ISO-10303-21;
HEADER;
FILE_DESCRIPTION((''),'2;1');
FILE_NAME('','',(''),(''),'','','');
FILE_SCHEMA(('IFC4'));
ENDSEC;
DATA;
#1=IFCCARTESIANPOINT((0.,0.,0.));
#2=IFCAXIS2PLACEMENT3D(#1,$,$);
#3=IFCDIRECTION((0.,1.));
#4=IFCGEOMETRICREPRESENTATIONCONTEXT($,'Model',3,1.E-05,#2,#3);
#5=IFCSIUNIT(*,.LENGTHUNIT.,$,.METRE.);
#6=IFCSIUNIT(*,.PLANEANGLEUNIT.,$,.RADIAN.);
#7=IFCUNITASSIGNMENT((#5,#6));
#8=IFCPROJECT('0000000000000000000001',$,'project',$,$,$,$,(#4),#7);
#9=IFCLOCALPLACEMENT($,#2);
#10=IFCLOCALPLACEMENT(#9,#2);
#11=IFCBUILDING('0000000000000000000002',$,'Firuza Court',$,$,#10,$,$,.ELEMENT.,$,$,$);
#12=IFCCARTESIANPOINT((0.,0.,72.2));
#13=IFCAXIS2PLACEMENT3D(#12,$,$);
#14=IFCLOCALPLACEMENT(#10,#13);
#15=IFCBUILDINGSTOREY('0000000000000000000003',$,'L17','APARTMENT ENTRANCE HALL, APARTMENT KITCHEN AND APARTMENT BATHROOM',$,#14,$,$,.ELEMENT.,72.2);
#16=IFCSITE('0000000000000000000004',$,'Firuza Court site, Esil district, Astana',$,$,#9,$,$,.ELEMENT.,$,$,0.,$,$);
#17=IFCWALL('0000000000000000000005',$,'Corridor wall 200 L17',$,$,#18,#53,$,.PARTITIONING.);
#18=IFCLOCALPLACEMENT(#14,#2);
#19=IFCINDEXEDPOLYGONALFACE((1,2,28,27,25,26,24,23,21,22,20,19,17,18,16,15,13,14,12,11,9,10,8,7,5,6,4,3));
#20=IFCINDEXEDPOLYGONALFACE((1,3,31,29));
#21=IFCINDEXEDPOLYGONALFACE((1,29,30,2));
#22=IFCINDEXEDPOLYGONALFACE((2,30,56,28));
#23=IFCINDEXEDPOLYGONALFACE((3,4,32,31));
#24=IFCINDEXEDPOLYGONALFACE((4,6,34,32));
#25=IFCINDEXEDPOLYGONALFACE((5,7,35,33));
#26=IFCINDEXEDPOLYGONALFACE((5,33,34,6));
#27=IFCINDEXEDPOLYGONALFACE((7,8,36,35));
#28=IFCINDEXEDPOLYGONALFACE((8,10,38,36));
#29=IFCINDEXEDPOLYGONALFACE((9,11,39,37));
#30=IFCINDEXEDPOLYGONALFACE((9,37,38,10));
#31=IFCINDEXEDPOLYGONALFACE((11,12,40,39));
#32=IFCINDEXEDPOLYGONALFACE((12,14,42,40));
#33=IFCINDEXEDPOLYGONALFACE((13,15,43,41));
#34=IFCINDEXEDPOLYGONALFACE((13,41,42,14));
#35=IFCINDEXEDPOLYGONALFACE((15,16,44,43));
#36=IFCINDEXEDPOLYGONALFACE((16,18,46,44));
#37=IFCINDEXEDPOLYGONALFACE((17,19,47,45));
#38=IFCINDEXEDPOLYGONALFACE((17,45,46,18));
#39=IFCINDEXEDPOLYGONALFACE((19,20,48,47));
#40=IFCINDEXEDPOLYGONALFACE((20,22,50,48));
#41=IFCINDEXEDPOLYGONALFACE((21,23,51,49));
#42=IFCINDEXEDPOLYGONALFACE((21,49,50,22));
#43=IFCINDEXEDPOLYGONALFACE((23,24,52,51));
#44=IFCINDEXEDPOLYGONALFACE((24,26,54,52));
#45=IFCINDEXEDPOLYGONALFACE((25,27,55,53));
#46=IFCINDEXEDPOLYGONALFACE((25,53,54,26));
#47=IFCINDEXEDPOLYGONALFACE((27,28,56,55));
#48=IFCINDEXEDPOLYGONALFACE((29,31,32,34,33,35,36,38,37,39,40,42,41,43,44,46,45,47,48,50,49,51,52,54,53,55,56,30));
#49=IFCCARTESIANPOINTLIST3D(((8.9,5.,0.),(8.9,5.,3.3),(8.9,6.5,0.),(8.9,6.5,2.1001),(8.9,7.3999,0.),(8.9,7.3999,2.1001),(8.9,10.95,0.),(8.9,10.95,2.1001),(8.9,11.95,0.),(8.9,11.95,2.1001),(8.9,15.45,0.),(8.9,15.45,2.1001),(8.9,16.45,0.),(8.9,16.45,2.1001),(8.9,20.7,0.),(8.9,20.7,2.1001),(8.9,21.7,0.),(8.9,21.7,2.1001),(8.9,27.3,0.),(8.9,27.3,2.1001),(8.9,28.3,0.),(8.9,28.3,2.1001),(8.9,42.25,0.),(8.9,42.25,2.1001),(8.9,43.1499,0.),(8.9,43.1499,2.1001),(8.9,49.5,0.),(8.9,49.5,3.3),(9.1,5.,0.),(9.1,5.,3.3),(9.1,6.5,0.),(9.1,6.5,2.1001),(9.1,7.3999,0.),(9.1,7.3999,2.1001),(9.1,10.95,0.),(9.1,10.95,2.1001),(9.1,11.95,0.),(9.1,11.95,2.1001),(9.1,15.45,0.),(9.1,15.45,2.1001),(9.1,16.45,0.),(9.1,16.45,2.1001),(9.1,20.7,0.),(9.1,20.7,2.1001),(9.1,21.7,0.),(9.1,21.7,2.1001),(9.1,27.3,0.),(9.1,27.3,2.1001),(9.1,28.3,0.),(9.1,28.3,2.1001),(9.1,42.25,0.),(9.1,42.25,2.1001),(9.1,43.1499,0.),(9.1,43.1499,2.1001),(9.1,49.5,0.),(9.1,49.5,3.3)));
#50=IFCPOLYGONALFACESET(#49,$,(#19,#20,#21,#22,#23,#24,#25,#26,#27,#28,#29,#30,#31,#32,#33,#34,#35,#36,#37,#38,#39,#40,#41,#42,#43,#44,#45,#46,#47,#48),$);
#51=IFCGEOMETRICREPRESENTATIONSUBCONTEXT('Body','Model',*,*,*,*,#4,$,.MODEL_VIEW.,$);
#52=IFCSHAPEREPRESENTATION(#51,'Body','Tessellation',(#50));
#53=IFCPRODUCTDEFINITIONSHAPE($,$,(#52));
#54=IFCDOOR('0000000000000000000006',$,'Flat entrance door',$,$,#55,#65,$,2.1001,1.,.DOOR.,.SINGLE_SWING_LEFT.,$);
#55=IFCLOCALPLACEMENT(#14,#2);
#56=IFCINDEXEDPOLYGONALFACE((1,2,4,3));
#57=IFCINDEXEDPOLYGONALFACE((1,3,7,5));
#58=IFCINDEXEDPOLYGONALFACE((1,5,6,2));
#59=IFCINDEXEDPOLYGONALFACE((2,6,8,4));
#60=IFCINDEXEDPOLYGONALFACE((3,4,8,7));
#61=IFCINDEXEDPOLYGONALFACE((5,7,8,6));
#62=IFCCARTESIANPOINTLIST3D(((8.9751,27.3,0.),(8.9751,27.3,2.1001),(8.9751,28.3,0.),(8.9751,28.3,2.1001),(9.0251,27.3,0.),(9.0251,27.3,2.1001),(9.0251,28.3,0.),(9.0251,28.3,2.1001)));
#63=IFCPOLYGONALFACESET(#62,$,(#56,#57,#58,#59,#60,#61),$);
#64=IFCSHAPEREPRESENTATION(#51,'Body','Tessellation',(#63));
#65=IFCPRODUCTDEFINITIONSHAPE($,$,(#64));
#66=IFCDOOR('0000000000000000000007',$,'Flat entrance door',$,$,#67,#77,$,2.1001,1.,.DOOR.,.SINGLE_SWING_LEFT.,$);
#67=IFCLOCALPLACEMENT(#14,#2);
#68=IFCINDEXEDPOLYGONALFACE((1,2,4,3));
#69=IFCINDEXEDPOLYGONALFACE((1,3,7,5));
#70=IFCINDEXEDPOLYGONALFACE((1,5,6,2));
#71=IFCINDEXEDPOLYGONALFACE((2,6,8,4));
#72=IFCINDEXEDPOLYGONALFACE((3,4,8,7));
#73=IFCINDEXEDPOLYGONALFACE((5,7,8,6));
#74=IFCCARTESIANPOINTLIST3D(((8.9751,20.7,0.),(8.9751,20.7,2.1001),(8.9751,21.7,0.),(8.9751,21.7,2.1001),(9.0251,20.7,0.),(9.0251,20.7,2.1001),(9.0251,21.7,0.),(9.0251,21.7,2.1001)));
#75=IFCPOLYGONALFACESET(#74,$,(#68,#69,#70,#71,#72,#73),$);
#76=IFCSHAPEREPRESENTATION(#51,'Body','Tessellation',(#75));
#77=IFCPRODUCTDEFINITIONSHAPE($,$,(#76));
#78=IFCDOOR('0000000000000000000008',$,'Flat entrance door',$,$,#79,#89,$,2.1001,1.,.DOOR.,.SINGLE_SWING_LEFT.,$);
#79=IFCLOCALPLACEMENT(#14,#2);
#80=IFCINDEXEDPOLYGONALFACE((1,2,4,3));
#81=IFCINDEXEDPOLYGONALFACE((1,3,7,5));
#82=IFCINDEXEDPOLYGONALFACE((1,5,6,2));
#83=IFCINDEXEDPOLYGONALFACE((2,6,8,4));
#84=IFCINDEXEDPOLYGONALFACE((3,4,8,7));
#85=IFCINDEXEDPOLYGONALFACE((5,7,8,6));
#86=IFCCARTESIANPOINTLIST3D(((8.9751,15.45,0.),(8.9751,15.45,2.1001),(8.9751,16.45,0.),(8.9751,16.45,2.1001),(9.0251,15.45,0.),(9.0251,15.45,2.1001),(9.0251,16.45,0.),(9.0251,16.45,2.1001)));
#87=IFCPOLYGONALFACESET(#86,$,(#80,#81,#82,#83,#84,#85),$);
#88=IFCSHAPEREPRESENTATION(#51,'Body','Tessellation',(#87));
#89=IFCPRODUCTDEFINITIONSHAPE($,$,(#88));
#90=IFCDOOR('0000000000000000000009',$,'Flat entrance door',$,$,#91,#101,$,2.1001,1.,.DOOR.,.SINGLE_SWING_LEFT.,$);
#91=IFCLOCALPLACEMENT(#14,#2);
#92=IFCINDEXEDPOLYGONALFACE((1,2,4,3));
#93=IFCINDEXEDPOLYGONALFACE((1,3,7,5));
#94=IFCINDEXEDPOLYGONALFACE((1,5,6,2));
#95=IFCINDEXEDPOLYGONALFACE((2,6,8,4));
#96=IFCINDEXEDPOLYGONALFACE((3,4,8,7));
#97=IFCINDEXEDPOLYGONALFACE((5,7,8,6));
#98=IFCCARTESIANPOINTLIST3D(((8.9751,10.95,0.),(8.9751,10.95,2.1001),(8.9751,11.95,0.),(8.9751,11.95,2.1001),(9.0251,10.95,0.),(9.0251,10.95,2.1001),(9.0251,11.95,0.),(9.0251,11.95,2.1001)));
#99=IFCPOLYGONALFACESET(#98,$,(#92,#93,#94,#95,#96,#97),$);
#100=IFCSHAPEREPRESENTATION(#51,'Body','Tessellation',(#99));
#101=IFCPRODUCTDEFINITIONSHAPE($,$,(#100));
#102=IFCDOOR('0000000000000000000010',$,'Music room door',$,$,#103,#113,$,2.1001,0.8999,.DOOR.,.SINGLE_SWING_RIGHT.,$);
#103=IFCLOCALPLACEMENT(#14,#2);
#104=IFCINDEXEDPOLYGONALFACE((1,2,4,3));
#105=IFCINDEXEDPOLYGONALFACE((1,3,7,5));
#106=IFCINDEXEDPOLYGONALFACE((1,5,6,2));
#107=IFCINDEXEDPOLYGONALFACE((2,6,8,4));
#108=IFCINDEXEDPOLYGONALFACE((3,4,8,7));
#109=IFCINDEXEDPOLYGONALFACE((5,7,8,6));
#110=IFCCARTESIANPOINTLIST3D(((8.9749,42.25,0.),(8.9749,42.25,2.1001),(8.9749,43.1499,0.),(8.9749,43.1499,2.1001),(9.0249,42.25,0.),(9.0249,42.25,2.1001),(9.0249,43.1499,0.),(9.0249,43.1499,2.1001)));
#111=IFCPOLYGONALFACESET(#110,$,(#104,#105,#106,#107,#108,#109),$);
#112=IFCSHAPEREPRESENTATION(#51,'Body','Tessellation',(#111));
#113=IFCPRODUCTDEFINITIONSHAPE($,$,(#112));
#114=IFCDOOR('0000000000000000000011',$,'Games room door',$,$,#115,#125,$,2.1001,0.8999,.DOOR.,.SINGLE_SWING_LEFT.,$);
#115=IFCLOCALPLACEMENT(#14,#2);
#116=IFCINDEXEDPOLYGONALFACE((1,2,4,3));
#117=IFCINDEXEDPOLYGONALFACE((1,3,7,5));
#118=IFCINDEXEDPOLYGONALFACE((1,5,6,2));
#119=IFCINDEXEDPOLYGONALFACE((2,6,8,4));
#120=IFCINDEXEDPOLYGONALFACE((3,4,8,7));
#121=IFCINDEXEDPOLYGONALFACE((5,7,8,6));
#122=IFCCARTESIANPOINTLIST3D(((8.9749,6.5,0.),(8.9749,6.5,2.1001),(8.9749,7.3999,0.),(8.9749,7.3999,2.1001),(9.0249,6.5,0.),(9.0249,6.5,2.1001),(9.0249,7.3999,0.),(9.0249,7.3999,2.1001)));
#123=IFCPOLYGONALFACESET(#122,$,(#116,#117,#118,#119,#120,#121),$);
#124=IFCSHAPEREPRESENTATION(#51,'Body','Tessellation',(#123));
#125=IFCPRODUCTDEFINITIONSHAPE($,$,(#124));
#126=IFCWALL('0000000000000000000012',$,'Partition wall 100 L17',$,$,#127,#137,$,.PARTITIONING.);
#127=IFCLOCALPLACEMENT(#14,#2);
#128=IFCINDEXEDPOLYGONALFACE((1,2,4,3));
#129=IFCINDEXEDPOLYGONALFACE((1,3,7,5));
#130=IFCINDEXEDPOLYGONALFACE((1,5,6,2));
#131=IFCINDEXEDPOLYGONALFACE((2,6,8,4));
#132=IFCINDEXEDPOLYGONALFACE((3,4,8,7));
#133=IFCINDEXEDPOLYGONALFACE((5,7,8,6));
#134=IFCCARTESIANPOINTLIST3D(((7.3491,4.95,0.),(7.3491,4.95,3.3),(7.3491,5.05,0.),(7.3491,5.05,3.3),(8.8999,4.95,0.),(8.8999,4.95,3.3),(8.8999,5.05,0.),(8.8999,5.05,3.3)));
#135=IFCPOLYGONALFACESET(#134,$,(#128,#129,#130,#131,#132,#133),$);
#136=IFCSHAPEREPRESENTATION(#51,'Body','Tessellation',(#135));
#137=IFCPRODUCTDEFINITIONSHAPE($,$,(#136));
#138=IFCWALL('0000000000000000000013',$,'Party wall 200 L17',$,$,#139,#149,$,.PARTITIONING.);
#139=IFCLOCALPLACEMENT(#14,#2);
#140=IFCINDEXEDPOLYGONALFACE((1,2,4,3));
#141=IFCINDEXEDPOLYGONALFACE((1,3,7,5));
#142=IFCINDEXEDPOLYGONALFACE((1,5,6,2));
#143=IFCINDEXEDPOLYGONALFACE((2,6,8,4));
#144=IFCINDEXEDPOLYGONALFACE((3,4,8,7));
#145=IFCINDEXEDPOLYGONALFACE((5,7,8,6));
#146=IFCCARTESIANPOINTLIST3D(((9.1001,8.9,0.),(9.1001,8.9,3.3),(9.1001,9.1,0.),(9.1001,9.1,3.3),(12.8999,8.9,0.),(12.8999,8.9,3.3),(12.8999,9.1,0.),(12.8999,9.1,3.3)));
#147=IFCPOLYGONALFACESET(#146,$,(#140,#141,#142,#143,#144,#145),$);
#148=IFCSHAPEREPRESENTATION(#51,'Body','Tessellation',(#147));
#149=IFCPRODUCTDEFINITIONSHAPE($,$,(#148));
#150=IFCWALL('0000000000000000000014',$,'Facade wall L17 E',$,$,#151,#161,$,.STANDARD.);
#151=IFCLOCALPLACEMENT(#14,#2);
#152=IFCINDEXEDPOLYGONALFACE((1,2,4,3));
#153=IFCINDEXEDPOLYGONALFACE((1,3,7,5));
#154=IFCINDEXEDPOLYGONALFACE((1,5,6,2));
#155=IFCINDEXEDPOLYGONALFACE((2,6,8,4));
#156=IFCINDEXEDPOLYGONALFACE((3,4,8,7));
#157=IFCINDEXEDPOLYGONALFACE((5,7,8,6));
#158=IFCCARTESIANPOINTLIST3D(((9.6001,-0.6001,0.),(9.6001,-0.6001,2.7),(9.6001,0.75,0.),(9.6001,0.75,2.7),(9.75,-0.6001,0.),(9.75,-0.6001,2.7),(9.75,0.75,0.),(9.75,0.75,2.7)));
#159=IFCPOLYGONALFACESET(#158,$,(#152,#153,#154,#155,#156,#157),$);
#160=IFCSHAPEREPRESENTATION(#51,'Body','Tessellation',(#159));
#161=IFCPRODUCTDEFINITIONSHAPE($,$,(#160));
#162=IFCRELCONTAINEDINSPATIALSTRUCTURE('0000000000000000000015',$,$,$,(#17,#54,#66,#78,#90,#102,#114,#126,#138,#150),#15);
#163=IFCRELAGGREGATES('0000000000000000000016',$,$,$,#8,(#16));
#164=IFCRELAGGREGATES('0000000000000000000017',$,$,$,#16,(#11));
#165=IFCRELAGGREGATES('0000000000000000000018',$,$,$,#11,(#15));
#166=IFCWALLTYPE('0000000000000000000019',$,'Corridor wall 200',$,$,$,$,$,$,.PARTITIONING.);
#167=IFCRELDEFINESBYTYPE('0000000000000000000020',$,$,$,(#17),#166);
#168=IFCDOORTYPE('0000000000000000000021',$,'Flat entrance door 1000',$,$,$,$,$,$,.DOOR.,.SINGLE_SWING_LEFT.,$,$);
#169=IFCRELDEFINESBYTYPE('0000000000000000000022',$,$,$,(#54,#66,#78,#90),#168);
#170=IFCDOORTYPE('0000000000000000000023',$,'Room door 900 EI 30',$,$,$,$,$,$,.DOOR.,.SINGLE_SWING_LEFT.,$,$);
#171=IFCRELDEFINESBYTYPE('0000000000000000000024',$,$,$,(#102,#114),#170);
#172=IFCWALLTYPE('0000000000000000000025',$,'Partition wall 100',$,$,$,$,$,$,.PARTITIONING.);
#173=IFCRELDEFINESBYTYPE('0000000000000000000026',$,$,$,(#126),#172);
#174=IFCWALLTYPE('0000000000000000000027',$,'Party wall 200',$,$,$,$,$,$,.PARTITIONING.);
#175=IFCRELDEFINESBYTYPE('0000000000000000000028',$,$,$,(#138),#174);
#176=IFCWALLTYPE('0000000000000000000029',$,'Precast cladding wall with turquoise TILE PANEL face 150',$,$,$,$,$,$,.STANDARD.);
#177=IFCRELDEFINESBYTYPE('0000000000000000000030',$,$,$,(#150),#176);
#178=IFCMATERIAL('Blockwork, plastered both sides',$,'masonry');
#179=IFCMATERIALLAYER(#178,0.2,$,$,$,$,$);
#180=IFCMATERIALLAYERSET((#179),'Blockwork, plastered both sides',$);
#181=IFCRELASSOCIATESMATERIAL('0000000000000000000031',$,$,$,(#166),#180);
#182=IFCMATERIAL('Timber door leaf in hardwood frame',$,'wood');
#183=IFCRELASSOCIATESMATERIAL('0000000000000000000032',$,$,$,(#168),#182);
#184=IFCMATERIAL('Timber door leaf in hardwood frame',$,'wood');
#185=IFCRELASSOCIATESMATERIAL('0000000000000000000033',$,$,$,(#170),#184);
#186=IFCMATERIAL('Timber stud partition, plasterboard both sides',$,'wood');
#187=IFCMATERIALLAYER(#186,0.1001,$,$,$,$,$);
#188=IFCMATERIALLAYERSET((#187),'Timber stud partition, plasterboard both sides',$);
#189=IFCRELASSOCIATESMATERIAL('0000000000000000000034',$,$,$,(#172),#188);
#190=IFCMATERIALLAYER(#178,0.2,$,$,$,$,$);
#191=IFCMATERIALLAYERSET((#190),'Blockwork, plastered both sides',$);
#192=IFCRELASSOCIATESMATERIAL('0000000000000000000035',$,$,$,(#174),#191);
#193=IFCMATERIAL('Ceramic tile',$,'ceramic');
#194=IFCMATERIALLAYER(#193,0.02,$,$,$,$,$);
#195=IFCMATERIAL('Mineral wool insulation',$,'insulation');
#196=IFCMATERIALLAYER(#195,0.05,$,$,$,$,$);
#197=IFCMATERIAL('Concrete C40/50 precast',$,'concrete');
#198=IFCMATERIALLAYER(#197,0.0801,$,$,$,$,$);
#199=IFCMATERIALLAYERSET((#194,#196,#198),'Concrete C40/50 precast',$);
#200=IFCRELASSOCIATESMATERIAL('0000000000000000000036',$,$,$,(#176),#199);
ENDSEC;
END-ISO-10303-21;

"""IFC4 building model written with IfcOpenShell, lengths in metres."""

from ifc_helpers import new_model, si_unit, direction, frame, frame_2d, origin, place, context, subcontext, project, spatial, rectangle, extrude, material, layer, layer_set, type_object, element, fill, save


model = new_model("IFC4")

# Units and contexts
model_context = context("Model", 3, precision=1e-05, world=origin(), true_north=direction((0.0, 1.0)))
body_context = subcontext(model_context, "Body", "Model", "MODEL_VIEW")
ifc_project = project(units=[si_unit("LENGTHUNIT", "METRE"), si_unit("PLANEANGLEUNIT", "RADIAN")], contexts=[model_context])

# Site, building, storey
site_placement = place(None, origin())
site = spatial("IfcSite", under=ifc_project, at=site_placement, Name="Firuza Court site, Esil district, Astana", CompositionType="ELEMENT", RefElevation=0.0)
building_placement = place(site_placement, origin())
building = spatial("IfcBuilding", under=site, at=building_placement, Name="Firuza Court", CompositionType="ELEMENT")
storey_placement = place(building_placement, frame((0.0, 0.0, 72.2)))
storey = spatial("IfcBuildingStorey", under=building, at=storey_placement, Name="L17", Description="APARTMENT ENTRANCE HALL, APARTMENT KITCHEN AND APARTMENT BATHROOM", CompositionType="ELEMENT", Elevation=72.2)

# Wall, openings, doors
ifc_material_1 = material(Name="Blockwork, plastered both sides", Category="masonry")
ifc_layer_1 = layer(ifc_material_1, 0.2)
ifc_layer_set_1 = layer_set([ifc_layer_1], Name="Blockwork, plastered both sides")
wall_type_1 = type_object("IfcWallType", Name="Corridor wall 200", PredefinedType="PARTITIONING", material=ifc_layer_set_1)
wall_1_placement = place(storey_placement, frame((9.0, 5.0, 0.0), z_axis=(0.0, 0.0, 1.0), x_axis=(0.0, 1.0, 0.0)))
wall_1 = element("IfcWall", 1, at=wall_1_placement, inside=storey, type_object=wall_type_1, Name="Corridor wall 200 L17", PredefinedType="PARTITIONING", context=body_context, shape_type="SweptSolid", body=[
    extrude(rectangle(XDim=44.5, YDim=0.2, at=frame_2d((22.25, 0.0))), origin(), (0.0, 0.0, 1.0), 3.3),
])
opening_1_placement = place(wall_1_placement, frame((22.3, 0.0, 0.0)))
opening_1 = element("IfcOpeningElement", 2, at=opening_1_placement, cuts=wall_1, PredefinedType="OPENING", context=body_context, shape_type="SweptSolid", body=[
    extrude(rectangle(XDim=1.0, YDim=2.1001, at=frame_2d((0.5, 1.05))), frame((0.0, 0.1118, 0.0), z_axis=(0.0, -1.0, 0.0), x_axis=(1.0, 0.0, 0.0)), (0.0, 0.0, 1.0), 0.2239),
])
opening_2_placement = place(wall_1_placement, frame((15.7, 0.0, 0.0)))
opening_2 = element("IfcOpeningElement", 3, at=opening_2_placement, cuts=wall_1, PredefinedType="OPENING", context=body_context, shape_type="SweptSolid", body=[
    extrude(rectangle(XDim=1.0, YDim=2.1001, at=frame_2d((0.5, 1.05))), frame((0.0, 0.1118, 0.0), z_axis=(0.0, -1.0, 0.0), x_axis=(1.0, 0.0, 0.0)), (0.0, 0.0, 1.0), 0.2239),
])
opening_3_placement = place(wall_1_placement, frame((10.45, 0.0, 0.0)))
opening_3 = element("IfcOpeningElement", 4, at=opening_3_placement, cuts=wall_1, PredefinedType="OPENING", context=body_context, shape_type="SweptSolid", body=[
    extrude(rectangle(XDim=1.0, YDim=2.1001, at=frame_2d((0.5, 1.05))), frame((0.0, 0.1118, 0.0), z_axis=(0.0, -1.0, 0.0), x_axis=(1.0, 0.0, 0.0)), (0.0, 0.0, 1.0), 0.2239),
])
opening_4_placement = place(wall_1_placement, frame((5.95, 0.0, 0.0)))
opening_4 = element("IfcOpeningElement", 5, at=opening_4_placement, cuts=wall_1, PredefinedType="OPENING", context=body_context, shape_type="SweptSolid", body=[
    extrude(rectangle(XDim=1.0, YDim=2.1001, at=frame_2d((0.5, 1.05))), frame((0.0, 0.1118, 0.0), z_axis=(0.0, -1.0, 0.0), x_axis=(1.0, 0.0, 0.0)), (0.0, 0.0, 1.0), 0.2239),
])
opening_5_placement = place(wall_1_placement, frame((37.25, 0.0, 0.0)))
opening_5 = element("IfcOpeningElement", 6, at=opening_5_placement, cuts=wall_1, PredefinedType="OPENING", context=body_context, shape_type="SweptSolid", body=[
    extrude(rectangle(XDim=0.8999, YDim=2.1001, at=frame_2d((0.45, 1.05))), frame((0.0, 0.1118, 0.0), z_axis=(0.0, -1.0, 0.0), x_axis=(1.0, 0.0, 0.0)), (0.0, 0.0, 1.0), 0.2239),
])
opening_6_placement = place(wall_1_placement, frame((1.5, 0.0, 0.0)))
opening_6 = element("IfcOpeningElement", 7, at=opening_6_placement, cuts=wall_1, PredefinedType="OPENING", context=body_context, shape_type="SweptSolid", body=[
    extrude(rectangle(XDim=0.8999, YDim=2.1001, at=frame_2d((0.45, 1.05))), frame((0.0, 0.1118, 0.0), z_axis=(0.0, -1.0, 0.0), x_axis=(1.0, 0.0, 0.0)), (0.0, 0.0, 1.0), 0.2239),
])
ifc_material_2 = material(Name="Timber door leaf in hardwood frame", Category="wood")
door_type_1 = type_object("IfcDoorType", Name="Flat entrance door 1000", OperationType="SINGLE_SWING_LEFT", PredefinedType="DOOR", material=ifc_material_2)
door_1_placement = place(opening_1_placement, origin())
door_1 = element("IfcDoor", 8, at=door_1_placement, inside=storey, type_object=door_type_1, Name="Flat entrance door", OperationType="SINGLE_SWING_LEFT", OverallHeight=2.1001, OverallWidth=1.0, PredefinedType="DOOR", context=body_context, shape_type="SweptSolid", body=[
    extrude(rectangle(XDim=1.0, YDim=2.1001, at=frame_2d((0.5, 1.05))), frame((0.0, 0.0249, 0.0), z_axis=(0.0, -1.0, 0.0), x_axis=(1.0, 0.0, 0.0)), (0.0, 0.0, 1.0), 0.05),
])
fill(opening_1, door_1)
door_2_placement = place(opening_2_placement, origin())
door_2 = element("IfcDoor", 9, at=door_2_placement, inside=storey, type_object=door_type_1, Name="Flat entrance door", OperationType="SINGLE_SWING_LEFT", OverallHeight=2.1001, OverallWidth=1.0, PredefinedType="DOOR", context=body_context, shape_type="SweptSolid", body=[
    extrude(rectangle(XDim=1.0, YDim=2.1001, at=frame_2d((0.5, 1.05))), frame((0.0, 0.0249, 0.0), z_axis=(0.0, -1.0, 0.0), x_axis=(1.0, 0.0, 0.0)), (0.0, 0.0, 1.0), 0.05),
])
fill(opening_2, door_2)
door_3_placement = place(opening_3_placement, origin())
door_3 = element("IfcDoor", 10, at=door_3_placement, inside=storey, type_object=door_type_1, Name="Flat entrance door", OperationType="SINGLE_SWING_LEFT", OverallHeight=2.1001, OverallWidth=1.0, PredefinedType="DOOR", context=body_context, shape_type="SweptSolid", body=[
    extrude(rectangle(XDim=1.0, YDim=2.1001, at=frame_2d((0.5, 1.05))), frame((0.0, 0.0249, 0.0), z_axis=(0.0, -1.0, 0.0), x_axis=(1.0, 0.0, 0.0)), (0.0, 0.0, 1.0), 0.05),
])
fill(opening_3, door_3)
door_4_placement = place(opening_4_placement, origin())
door_4 = element("IfcDoor", 11, at=door_4_placement, inside=storey, type_object=door_type_1, Name="Flat entrance door", OperationType="SINGLE_SWING_LEFT", OverallHeight=2.1001, OverallWidth=1.0, PredefinedType="DOOR", context=body_context, shape_type="SweptSolid", body=[
    extrude(rectangle(XDim=1.0, YDim=2.1001, at=frame_2d((0.5, 1.05))), frame((0.0, 0.0249, 0.0), z_axis=(0.0, -1.0, 0.0), x_axis=(1.0, 0.0, 0.0)), (0.0, 0.0, 1.0), 0.05),
])
fill(opening_4, door_4)
ifc_material_3 = material(Name="Timber door leaf in hardwood frame", Category="wood")
door_type_2 = type_object("IfcDoorType", Name="Room door 900 EI 30", OperationType="SINGLE_SWING_LEFT", PredefinedType="DOOR", material=ifc_material_3)
door_5_placement = place(opening_5_placement, frame((0.8999, 0.0, 0.0), z_axis=(0.0, 0.0, 1.0), x_axis=(-1.0, 0.0, 0.0)))
door_5 = element("IfcDoor", 12, at=door_5_placement, inside=storey, type_object=door_type_2, Name="Music room door", OperationType="SINGLE_SWING_RIGHT", OverallHeight=2.1001, OverallWidth=0.8999, PredefinedType="DOOR", context=body_context, shape_type="SweptSolid", body=[
    extrude(rectangle(XDim=0.8999, YDim=2.1001, at=frame_2d((0.45, 1.05))), frame((0.0, 0.0249, 0.0), z_axis=(0.0, -1.0, 0.0), x_axis=(1.0, 0.0, 0.0)), (0.0, 0.0, 1.0), 0.05),
])
fill(opening_5, door_5)
door_6_placement = place(opening_6_placement, frame((0.8999, 0.0, 0.0), z_axis=(0.0, 0.0, 1.0), x_axis=(-1.0, 0.0, 0.0)))
door_6 = element("IfcDoor", 13, at=door_6_placement, inside=storey, type_object=door_type_2, Name="Games room door", OperationType="SINGLE_SWING_LEFT", OverallHeight=2.1001, OverallWidth=0.8999, PredefinedType="DOOR", context=body_context, shape_type="SweptSolid", body=[
    extrude(rectangle(XDim=0.8999, YDim=2.1001, at=frame_2d((0.45, 1.05))), frame((0.0, 0.0249, 0.0), z_axis=(0.0, -1.0, 0.0), x_axis=(1.0, 0.0, 0.0)), (0.0, 0.0, 1.0), 0.05),
])
fill(opening_6, door_6)

# Walls
ifc_material_4 = material(Name="Timber stud partition, plasterboard both sides", Category="wood")
ifc_layer_2 = layer(ifc_material_4, 0.1001)
ifc_layer_set_2 = layer_set([ifc_layer_2], Name="Timber stud partition, plasterboard both sides")
wall_type_2 = type_object("IfcWallType", Name="Partition wall 100", PredefinedType="PARTITIONING", material=ifc_layer_set_2)
wall_2_placement = place(storey_placement, frame((7.3491, 5.0, 0.0), z_axis=(0.0, 0.0, 1.0), x_axis=(1.0, 0.0, 0.0)))
element("IfcWall", 14, at=wall_2_placement, inside=storey, type_object=wall_type_2, Name="Partition wall 100 L17", PredefinedType="PARTITIONING", context=body_context, shape_type="SweptSolid", body=[
    extrude(rectangle(XDim=1.5508, YDim=0.1001, at=frame_2d((0.7754, 0.0))), origin(), (0.0, 0.0, 1.0), 3.3),
])
ifc_layer_3 = layer(ifc_material_1, 0.2)
ifc_layer_set_3 = layer_set([ifc_layer_3], Name="Blockwork, plastered both sides")
wall_type_3 = type_object("IfcWallType", Name="Party wall 200", PredefinedType="PARTITIONING", material=ifc_layer_set_3)
wall_3_placement = place(storey_placement, frame((9.1001, 9.0, 0.0), z_axis=(0.0, 0.0, 1.0), x_axis=(1.0, 0.0, 0.0)))
element("IfcWall", 15, at=wall_3_placement, inside=storey, type_object=wall_type_3, Name="Party wall 200 L17", PredefinedType="PARTITIONING", context=body_context, shape_type="SweptSolid", body=[
    extrude(rectangle(XDim=3.7998, YDim=0.2, at=frame_2d((1.8999, 0.0))), origin(), (0.0, 0.0, 1.0), 3.3),
])
ifc_material_5 = material(Name="Ceramic tile", Category="ceramic")
ifc_layer_4 = layer(ifc_material_5, 0.02)
ifc_material_6 = material(Name="Mineral wool insulation", Category="insulation")
ifc_layer_5 = layer(ifc_material_6, 0.05)
ifc_material_7 = material(Name="Concrete C40/50 precast", Category="concrete")
ifc_layer_6 = layer(ifc_material_7, 0.0801)
ifc_layer_set_4 = layer_set([ifc_layer_4, ifc_layer_5, ifc_layer_6], Name="Concrete C40/50 precast")
wall_type_4 = type_object("IfcWallType", Name="Precast cladding wall with turquoise TILE PANEL face 150", PredefinedType="STANDARD", material=ifc_layer_set_4)
wall_4_placement = place(storey_placement, frame((9.675, -0.6001, 0.0), z_axis=(0.0, 0.0, 1.0), x_axis=(0.0, 1.0, 0.0)))
element("IfcWall", 16, at=wall_4_placement, inside=storey, type_object=wall_type_4, Name="Facade wall L17 E", PredefinedType="STANDARD", context=body_context, shape_type="SweptSolid", body=[
    extrude(rectangle(XDim=1.3501, YDim=0.1499, at=frame_2d((0.675, 0.0))), origin(), (0.0, 0.0, 1.0), 2.7),
])

save(model, "model.ifc")
